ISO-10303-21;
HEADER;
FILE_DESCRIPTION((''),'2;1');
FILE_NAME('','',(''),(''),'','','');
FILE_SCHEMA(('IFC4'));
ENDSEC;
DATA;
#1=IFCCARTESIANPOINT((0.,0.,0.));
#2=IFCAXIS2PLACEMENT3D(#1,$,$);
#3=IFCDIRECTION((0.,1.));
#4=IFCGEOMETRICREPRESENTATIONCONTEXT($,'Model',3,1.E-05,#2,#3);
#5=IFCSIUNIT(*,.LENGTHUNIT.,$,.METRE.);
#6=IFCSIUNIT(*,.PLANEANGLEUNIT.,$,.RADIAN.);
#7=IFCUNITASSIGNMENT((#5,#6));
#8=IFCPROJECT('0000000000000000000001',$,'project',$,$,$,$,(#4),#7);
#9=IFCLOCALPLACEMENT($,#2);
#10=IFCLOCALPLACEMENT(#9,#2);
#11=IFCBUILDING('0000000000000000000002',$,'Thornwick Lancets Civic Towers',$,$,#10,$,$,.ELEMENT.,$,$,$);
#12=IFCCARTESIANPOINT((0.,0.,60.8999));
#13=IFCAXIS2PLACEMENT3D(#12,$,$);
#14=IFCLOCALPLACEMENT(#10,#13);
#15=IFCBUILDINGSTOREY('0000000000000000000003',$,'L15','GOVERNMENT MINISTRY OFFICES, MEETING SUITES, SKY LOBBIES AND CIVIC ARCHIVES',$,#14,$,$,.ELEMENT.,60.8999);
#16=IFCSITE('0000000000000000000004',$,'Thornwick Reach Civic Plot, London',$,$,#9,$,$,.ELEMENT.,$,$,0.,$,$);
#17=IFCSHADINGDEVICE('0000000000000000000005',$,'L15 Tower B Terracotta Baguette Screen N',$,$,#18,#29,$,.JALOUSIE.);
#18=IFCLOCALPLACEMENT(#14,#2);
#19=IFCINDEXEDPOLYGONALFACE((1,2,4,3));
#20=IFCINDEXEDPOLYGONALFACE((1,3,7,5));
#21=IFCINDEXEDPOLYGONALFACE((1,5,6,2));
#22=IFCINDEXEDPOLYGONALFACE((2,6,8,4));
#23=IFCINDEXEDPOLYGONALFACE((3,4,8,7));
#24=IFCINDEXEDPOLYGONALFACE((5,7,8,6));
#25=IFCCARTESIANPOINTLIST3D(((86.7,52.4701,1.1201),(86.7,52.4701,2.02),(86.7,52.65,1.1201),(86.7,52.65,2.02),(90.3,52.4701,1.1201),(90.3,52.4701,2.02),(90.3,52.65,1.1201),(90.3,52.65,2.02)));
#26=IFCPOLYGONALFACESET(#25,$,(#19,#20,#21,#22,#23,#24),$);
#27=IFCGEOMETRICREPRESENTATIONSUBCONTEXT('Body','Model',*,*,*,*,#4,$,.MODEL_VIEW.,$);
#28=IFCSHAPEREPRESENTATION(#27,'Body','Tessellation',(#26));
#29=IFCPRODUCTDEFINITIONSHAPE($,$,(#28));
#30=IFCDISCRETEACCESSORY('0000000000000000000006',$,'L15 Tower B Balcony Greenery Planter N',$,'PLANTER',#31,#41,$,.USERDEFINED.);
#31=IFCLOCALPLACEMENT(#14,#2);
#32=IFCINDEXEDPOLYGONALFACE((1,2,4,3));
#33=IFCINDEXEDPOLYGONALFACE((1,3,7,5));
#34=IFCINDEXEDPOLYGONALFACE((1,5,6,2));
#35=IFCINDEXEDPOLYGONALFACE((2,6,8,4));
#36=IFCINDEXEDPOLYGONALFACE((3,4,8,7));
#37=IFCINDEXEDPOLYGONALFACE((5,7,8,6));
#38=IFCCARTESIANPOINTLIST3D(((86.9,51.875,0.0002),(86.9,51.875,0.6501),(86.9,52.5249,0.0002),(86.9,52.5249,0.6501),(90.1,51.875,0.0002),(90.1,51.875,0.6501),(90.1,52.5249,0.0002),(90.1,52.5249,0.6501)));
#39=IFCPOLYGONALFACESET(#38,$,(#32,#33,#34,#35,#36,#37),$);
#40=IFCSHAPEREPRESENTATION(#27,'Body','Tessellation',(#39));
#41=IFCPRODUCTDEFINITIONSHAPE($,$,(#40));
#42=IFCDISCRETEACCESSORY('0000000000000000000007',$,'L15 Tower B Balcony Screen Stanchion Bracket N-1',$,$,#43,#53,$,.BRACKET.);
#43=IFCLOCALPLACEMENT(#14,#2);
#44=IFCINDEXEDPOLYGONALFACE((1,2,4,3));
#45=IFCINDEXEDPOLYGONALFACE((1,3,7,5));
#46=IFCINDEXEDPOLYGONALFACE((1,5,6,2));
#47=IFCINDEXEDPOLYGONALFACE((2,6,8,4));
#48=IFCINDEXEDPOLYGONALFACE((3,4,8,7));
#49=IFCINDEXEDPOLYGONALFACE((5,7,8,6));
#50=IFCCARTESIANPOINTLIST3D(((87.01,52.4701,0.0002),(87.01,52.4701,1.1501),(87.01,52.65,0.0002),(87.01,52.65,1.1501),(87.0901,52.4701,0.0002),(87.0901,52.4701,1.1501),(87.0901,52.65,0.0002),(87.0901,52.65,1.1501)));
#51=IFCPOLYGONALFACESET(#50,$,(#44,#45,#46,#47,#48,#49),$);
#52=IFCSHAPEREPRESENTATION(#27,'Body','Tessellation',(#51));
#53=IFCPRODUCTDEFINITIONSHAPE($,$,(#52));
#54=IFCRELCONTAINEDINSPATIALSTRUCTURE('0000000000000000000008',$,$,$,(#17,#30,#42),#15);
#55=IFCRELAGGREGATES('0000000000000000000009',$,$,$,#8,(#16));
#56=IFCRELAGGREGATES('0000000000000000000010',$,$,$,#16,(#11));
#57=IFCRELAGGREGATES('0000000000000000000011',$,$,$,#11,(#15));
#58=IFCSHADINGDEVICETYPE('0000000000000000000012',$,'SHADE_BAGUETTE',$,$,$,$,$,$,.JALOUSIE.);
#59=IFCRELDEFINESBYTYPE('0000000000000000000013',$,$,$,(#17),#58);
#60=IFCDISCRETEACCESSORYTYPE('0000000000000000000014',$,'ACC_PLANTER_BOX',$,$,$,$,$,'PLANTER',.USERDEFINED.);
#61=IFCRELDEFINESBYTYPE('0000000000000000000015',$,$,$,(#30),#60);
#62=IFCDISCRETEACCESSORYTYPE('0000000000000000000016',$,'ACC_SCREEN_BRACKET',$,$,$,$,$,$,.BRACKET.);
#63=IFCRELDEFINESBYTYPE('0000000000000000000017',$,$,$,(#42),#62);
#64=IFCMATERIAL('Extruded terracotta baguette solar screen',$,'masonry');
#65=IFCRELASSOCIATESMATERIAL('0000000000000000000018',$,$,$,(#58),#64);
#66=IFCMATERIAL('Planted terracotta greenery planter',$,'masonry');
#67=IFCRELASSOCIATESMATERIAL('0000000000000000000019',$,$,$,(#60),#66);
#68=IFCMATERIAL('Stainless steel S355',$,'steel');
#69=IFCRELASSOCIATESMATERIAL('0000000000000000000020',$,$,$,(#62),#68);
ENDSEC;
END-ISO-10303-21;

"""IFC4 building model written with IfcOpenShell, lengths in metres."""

from ifc_helpers import new_model, si_unit, direction, frame, origin, origin_2d, place, context, subcontext, project, spatial, rectangle, extrude, material, type_object, element, save


model = new_model("IFC4")

# Units and contexts
model_context = context("Model", 3, precision=1e-05, world=origin(), true_north=direction((0.0, 1.0)))
body_context = subcontext(model_context, "Body", "Model", "MODEL_VIEW")
ifc_project = project(units=[si_unit("LENGTHUNIT", "METRE"), si_unit("PLANEANGLEUNIT", "RADIAN")], contexts=[model_context])

# Site, building, storey
site_placement = place(None, origin())
site = spatial("IfcSite", under=ifc_project, at=site_placement, Name="Thornwick Reach Civic Plot, London", CompositionType="ELEMENT", RefElevation=0.0)
building_placement = place(site_placement, origin())
building = spatial("IfcBuilding", under=site, at=building_placement, Name="Thornwick Lancets Civic Towers", CompositionType="ELEMENT")
storey_placement = place(building_placement, frame((0.0, 0.0, 60.8999)))
storey = spatial("IfcBuildingStorey", under=building, at=storey_placement, Name="L15", Description="GOVERNMENT MINISTRY OFFICES, MEETING SUITES, SKY LOBBIES AND CIVIC ARCHIVES", CompositionType="ELEMENT", Elevation=60.8999)

# Shading device
ifc_material_1 = material(Name="Extruded terracotta baguette solar screen", Category="masonry")
shading_device_type = type_object("IfcShadingDeviceType", Name="SHADE_BAGUETTE", PredefinedType="JALOUSIE", material=ifc_material_1)
shading_device_placement = place(storey_placement, frame((88.5, 52.5601, 1.1201), z_axis=(0.0, 0.0, 1.0), x_axis=(1.0, 0.0, 0.0)))
element("IfcShadingDevice", 1, at=shading_device_placement, inside=storey, type_object=shading_device_type, Name="L15 Tower B Terracotta Baguette Screen N", PredefinedType="JALOUSIE", context=body_context, shape_type="SweptSolid", body=[
    extrude(rectangle(XDim=3.6001, YDim=0.1799, at=origin_2d()), origin(), (0.0, 0.0, 1.0), 0.8999),
])

# Discrete accessories
ifc_material_2 = material(Name="Planted terracotta greenery planter", Category="masonry")
discrete_accessory_type_1 = type_object("IfcDiscreteAccessoryType", Name="ACC_PLANTER_BOX", ElementType="PLANTER", PredefinedType="USERDEFINED", material=ifc_material_2)
discrete_accessory_1_placement = place(storey_placement, frame((88.5, 52.2, 0.0002), z_axis=(0.0, 0.0, 1.0), x_axis=(1.0, 0.0, 0.0)))
element("IfcDiscreteAccessory", 2, at=discrete_accessory_1_placement, inside=storey, type_object=discrete_accessory_type_1, Name="L15 Tower B Balcony Greenery Planter N", ObjectType="PLANTER", PredefinedType="USERDEFINED", context=body_context, shape_type="SweptSolid", body=[
    extrude(rectangle(XDim=3.2, YDim=0.6499, at=origin_2d()), origin(), (0.0, 0.0, 1.0), 0.6499),
])
ifc_material_3 = material(Name="Stainless steel S355", Category="steel")
discrete_accessory_type_2 = type_object("IfcDiscreteAccessoryType", Name="ACC_SCREEN_BRACKET", PredefinedType="BRACKET", material=ifc_material_3)
discrete_accessory_2_placement = place(storey_placement, frame((87.05, 52.5601, 0.0002), z_axis=(0.0, 0.0, 1.0), x_axis=(1.0, 0.0, 0.0)))
element("IfcDiscreteAccessory", 3, at=discrete_accessory_2_placement, inside=storey, type_object=discrete_accessory_type_2, Name="L15 Tower B Balcony Screen Stanchion Bracket N-1", PredefinedType="BRACKET", context=body_context, shape_type="SweptSolid", body=[
    extrude(rectangle(XDim=0.0801, YDim=0.1799, at=origin_2d()), origin(), (0.0, 0.0, 1.0), 1.1499),
])

save(model, "model.ifc")
